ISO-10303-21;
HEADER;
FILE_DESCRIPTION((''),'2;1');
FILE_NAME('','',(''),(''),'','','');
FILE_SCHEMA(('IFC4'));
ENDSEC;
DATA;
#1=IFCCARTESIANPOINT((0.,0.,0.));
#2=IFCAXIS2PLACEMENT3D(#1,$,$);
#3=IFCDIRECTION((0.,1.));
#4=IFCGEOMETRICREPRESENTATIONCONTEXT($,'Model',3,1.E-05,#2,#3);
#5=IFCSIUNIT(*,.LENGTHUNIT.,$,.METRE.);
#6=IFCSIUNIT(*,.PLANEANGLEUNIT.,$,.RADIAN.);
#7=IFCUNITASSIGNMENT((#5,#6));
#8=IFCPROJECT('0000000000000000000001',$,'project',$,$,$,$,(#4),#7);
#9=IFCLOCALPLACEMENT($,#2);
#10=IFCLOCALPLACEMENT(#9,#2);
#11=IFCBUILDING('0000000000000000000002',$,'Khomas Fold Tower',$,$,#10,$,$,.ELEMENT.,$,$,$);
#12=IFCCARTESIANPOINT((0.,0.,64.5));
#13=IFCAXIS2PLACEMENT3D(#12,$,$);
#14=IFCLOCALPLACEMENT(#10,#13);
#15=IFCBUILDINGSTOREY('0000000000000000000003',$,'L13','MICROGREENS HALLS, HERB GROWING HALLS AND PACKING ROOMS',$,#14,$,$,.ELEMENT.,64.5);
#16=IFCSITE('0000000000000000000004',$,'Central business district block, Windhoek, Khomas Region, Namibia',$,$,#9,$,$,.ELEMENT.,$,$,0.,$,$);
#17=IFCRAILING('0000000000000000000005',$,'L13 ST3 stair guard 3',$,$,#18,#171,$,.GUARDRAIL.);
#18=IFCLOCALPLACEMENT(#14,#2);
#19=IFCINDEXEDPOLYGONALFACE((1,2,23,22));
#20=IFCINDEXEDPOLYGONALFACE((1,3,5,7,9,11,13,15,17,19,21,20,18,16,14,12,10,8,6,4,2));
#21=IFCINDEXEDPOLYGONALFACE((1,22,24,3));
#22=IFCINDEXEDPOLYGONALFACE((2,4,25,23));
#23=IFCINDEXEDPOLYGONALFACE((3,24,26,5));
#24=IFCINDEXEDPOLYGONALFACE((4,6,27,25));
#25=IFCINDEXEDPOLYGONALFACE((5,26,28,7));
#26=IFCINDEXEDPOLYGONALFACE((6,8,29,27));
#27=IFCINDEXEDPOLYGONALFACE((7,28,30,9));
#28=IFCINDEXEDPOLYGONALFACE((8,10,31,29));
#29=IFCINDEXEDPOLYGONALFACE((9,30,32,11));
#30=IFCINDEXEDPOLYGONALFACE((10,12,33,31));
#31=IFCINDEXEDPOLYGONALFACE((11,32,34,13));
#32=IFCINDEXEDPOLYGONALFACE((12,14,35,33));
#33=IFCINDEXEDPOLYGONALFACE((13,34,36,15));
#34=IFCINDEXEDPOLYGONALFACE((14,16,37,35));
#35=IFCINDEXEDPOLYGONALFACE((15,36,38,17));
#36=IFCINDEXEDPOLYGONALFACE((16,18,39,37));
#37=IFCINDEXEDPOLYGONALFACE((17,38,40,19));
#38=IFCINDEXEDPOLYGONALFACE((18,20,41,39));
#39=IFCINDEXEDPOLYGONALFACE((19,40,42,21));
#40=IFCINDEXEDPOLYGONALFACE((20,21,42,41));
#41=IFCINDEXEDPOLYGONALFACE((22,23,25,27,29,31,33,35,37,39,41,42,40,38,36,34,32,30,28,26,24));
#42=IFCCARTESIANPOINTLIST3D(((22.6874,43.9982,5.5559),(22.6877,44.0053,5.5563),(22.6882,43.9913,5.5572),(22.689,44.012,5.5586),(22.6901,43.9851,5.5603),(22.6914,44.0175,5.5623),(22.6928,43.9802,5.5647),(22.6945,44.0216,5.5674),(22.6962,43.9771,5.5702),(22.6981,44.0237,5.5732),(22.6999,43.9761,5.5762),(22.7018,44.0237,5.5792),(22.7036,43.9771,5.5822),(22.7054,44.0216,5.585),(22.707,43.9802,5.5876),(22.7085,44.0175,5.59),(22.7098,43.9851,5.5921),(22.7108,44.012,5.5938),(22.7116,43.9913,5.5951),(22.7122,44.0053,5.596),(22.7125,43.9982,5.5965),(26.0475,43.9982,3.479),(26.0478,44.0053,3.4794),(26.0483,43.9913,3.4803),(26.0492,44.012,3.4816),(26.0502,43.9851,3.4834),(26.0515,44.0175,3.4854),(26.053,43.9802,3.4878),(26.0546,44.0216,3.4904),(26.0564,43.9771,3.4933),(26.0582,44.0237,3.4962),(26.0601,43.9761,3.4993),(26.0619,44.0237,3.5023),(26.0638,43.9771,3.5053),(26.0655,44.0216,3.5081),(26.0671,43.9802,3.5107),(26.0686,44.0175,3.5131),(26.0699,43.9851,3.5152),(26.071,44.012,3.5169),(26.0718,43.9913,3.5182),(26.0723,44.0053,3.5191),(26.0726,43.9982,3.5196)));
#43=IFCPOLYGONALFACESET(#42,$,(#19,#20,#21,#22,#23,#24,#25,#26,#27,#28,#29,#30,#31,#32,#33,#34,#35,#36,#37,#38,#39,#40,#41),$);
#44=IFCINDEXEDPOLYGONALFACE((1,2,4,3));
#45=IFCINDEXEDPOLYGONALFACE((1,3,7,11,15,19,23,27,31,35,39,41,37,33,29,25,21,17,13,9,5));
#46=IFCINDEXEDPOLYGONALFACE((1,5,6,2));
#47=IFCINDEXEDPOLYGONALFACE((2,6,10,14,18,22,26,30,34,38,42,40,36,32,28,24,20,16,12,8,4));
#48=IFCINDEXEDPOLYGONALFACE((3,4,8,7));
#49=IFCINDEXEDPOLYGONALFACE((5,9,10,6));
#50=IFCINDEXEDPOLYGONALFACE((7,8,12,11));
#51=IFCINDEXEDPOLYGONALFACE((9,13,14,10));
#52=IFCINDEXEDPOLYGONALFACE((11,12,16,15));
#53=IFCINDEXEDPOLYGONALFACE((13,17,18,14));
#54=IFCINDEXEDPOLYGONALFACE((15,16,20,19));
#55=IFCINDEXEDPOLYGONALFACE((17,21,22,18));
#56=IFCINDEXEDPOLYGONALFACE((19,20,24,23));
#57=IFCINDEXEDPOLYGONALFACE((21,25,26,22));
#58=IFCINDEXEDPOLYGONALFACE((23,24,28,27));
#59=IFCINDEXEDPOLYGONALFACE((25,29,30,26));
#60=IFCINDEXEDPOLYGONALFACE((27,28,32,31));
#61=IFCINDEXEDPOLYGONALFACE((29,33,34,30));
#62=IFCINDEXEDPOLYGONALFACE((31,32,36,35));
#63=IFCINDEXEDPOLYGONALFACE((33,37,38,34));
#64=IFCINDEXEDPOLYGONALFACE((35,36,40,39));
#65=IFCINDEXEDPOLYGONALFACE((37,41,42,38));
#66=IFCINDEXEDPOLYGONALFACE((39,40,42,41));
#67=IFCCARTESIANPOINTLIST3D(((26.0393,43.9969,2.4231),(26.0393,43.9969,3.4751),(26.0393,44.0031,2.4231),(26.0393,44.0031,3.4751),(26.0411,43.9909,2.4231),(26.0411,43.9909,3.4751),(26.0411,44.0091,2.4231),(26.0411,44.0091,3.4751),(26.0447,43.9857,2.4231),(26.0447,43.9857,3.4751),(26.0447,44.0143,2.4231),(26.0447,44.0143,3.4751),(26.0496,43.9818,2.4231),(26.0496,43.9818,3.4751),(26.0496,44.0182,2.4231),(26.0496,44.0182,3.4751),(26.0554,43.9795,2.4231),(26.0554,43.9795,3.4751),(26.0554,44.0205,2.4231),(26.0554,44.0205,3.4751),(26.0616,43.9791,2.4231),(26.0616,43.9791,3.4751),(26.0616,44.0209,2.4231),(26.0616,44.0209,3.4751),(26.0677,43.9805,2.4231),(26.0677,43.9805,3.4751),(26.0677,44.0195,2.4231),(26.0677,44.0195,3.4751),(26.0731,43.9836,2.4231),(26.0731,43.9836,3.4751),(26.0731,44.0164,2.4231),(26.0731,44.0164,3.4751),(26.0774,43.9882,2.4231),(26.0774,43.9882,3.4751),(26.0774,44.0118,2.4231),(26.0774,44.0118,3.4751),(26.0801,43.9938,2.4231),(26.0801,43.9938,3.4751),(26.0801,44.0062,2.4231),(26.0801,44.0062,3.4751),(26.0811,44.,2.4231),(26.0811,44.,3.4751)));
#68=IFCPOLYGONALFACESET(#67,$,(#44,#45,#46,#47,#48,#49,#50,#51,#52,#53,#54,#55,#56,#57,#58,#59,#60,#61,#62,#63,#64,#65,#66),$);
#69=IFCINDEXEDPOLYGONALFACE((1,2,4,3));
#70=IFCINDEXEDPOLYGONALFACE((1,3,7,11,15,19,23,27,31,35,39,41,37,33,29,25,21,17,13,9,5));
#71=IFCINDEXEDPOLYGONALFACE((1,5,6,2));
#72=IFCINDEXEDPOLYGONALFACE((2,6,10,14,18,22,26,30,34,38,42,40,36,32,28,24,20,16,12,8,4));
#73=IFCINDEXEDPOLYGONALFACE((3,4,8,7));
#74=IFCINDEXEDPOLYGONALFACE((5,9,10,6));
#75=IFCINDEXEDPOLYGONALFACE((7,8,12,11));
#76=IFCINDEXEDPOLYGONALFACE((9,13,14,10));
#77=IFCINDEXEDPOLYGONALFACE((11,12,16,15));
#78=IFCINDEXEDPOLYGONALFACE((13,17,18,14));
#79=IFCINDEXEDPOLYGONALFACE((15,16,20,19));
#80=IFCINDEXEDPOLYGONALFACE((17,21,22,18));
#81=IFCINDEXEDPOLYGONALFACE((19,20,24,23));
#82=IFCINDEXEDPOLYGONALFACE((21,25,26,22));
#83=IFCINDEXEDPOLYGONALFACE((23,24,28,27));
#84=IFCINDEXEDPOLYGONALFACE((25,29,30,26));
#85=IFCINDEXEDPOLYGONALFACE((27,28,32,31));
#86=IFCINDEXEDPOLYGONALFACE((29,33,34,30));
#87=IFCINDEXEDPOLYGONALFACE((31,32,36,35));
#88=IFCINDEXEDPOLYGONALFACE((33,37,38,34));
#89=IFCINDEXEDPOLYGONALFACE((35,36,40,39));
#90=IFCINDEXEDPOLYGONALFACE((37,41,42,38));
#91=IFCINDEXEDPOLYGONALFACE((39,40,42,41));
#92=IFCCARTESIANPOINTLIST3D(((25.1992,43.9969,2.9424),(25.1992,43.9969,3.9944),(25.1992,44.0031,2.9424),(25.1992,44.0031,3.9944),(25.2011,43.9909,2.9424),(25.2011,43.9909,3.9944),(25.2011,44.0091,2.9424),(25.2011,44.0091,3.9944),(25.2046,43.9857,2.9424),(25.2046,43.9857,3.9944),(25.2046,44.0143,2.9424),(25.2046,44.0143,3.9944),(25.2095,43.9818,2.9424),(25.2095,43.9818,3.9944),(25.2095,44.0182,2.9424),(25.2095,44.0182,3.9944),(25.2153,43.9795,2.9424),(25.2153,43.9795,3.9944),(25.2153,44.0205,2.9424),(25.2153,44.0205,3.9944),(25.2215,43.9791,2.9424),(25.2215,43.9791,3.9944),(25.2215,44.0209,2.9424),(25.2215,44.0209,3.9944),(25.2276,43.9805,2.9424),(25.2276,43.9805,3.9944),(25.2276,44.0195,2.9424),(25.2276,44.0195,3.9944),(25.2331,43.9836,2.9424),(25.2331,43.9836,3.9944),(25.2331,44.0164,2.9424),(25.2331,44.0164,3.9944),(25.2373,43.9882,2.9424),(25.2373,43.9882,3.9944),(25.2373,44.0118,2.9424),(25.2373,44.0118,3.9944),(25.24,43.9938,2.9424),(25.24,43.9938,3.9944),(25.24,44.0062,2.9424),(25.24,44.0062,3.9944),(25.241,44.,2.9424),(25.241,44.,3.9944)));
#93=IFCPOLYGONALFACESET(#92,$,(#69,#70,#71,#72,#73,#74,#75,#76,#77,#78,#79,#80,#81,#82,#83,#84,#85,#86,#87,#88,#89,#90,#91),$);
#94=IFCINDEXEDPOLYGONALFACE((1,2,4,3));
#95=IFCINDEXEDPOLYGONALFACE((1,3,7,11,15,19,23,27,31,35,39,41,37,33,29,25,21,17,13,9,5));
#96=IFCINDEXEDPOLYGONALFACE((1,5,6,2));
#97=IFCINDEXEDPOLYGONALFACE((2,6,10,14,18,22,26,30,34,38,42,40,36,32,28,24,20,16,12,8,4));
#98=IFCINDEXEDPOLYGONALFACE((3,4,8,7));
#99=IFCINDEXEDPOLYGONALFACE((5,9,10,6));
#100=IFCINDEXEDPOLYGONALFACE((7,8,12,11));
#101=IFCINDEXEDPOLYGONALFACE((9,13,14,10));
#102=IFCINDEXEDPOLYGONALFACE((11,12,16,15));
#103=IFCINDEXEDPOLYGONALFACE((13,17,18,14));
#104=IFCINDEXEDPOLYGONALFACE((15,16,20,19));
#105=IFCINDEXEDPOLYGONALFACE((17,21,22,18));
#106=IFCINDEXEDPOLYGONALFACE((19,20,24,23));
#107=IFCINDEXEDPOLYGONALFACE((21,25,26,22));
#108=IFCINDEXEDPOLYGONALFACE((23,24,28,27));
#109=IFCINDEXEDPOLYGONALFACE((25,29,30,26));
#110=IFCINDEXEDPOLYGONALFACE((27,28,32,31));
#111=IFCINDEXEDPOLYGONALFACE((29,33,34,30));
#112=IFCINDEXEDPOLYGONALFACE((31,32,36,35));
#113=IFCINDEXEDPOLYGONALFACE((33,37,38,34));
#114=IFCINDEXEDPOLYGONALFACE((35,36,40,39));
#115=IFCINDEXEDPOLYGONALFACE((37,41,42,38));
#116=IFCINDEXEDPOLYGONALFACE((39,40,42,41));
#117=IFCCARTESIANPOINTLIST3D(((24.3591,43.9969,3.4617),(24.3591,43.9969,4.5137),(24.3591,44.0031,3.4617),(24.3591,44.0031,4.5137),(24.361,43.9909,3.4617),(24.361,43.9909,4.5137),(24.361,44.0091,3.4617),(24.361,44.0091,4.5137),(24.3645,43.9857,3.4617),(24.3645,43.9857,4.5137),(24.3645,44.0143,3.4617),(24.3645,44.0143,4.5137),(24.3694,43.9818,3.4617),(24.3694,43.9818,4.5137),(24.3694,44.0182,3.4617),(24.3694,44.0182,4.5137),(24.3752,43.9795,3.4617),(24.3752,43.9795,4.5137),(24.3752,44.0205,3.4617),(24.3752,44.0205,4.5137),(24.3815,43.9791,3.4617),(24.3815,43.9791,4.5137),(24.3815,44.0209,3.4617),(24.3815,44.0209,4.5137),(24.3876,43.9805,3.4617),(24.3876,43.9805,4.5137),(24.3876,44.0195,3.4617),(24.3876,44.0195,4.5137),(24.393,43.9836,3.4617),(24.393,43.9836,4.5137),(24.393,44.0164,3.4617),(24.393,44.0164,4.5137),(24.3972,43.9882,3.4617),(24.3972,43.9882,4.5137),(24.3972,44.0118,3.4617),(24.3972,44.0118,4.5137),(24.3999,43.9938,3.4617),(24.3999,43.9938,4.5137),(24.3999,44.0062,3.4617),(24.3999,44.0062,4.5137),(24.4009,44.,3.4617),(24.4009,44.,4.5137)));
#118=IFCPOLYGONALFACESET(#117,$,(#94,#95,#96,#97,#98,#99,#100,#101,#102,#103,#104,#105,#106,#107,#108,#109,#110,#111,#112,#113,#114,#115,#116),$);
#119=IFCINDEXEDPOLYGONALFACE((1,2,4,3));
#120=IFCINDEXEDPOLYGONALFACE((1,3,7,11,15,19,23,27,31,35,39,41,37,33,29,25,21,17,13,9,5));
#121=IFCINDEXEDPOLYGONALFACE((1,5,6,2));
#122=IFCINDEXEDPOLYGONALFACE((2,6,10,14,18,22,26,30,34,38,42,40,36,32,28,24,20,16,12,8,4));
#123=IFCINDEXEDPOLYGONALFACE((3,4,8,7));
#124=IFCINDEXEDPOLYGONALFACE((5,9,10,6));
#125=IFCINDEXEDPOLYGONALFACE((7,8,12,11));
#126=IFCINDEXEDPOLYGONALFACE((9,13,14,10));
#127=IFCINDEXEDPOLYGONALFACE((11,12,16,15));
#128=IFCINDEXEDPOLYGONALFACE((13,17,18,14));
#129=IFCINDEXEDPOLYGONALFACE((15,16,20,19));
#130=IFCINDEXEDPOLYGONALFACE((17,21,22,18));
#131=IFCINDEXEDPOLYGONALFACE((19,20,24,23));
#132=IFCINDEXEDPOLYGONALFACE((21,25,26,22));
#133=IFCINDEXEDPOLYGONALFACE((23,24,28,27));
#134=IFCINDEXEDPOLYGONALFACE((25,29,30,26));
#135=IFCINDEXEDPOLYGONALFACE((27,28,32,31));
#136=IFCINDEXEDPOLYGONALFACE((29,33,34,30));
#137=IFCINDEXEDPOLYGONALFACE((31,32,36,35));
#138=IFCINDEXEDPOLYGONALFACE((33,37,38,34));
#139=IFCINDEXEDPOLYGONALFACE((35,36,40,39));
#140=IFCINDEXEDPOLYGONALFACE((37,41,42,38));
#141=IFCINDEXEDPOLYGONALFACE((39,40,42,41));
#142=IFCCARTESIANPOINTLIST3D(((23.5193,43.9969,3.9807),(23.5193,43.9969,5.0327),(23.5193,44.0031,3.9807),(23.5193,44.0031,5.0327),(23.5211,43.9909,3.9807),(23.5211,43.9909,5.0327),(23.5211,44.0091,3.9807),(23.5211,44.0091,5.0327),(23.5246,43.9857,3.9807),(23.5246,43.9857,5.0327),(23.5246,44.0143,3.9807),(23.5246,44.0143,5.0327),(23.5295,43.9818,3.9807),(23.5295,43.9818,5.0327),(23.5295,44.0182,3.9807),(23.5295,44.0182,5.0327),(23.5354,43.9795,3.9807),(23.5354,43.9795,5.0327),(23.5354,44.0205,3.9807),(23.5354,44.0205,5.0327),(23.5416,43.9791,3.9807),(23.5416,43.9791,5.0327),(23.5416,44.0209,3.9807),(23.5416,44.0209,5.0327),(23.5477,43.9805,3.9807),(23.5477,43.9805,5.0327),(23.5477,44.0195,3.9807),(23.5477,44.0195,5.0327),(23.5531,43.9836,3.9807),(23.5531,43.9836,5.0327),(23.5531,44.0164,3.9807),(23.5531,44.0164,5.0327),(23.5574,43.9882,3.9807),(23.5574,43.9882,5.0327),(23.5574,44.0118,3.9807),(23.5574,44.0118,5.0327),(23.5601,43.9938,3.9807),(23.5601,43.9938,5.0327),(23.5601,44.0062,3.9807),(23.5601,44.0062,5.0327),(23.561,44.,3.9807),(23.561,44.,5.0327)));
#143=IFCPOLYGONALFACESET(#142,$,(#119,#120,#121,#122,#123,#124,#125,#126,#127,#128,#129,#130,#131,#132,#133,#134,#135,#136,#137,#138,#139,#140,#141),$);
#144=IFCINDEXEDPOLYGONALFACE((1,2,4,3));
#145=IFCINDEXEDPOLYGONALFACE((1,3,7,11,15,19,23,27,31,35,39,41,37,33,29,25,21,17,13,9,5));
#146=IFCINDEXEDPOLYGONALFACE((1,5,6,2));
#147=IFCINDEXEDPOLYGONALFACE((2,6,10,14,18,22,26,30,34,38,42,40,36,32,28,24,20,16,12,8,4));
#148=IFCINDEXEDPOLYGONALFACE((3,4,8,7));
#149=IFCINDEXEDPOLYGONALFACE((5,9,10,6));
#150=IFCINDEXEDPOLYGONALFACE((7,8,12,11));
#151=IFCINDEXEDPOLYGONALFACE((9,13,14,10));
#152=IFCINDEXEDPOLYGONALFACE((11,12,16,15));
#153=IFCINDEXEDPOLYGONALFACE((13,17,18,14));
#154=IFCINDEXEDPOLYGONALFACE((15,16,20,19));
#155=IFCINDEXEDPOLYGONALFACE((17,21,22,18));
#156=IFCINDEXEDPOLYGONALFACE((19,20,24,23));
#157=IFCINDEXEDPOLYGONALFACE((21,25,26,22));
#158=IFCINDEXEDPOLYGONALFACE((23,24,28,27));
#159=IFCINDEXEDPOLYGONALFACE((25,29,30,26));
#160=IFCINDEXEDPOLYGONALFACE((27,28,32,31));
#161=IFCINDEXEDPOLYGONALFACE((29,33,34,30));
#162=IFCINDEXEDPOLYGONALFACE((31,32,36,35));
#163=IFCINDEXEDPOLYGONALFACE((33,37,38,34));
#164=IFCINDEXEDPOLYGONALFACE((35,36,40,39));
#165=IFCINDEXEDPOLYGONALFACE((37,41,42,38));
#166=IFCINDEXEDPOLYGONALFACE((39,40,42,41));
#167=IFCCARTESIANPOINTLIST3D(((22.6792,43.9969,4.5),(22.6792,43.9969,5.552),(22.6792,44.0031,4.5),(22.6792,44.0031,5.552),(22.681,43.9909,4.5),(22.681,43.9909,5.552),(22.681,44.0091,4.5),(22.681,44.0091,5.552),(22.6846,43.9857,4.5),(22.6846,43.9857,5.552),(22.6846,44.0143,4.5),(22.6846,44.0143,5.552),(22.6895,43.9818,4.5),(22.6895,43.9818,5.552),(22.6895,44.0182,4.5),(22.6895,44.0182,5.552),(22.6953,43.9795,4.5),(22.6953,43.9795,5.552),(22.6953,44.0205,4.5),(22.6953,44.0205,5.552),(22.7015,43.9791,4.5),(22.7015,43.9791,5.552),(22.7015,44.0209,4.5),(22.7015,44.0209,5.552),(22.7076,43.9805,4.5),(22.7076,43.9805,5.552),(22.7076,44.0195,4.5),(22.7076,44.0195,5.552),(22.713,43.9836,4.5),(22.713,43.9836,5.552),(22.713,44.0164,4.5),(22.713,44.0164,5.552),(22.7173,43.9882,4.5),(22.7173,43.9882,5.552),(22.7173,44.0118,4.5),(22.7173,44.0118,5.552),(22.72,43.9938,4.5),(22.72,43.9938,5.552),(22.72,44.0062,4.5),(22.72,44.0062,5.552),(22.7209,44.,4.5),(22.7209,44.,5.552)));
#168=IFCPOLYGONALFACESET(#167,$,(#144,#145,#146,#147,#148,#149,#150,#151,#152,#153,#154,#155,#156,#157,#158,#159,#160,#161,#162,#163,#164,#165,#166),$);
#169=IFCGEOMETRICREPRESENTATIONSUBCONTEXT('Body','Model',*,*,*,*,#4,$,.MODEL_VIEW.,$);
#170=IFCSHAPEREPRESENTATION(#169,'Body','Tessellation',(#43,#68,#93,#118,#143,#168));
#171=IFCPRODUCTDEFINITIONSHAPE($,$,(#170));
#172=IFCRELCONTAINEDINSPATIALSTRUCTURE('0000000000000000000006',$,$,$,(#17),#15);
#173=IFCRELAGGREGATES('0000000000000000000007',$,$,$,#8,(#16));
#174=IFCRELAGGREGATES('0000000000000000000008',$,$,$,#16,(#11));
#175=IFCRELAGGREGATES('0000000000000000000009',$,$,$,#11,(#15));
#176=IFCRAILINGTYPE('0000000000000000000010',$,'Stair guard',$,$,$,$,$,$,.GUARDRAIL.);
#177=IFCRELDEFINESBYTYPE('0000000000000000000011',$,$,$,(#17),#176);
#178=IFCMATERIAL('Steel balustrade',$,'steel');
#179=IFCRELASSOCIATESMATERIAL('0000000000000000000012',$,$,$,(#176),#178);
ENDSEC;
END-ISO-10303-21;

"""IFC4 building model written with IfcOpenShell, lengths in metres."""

from ifc_helpers import new_model, si_unit, direction, frame, origin, origin_2d, place, context, subcontext, project, spatial, circle, extrude, source, transform, mapped, material, type_object, element, save


model = new_model("IFC4")

# Units and contexts
model_context = context("Model", 3, precision=1e-05, world=origin(), true_north=direction((0.0, 1.0)))
body_context = subcontext(model_context, "Body", "Model", "MODEL_VIEW")
ifc_project = project(units=[si_unit("LENGTHUNIT", "METRE"), si_unit("PLANEANGLEUNIT", "RADIAN")], contexts=[model_context])

# Site, building, storey
site_placement = place(None, origin())
site = spatial("IfcSite", under=ifc_project, at=site_placement, Name="Central business district block, Windhoek, Khomas Region, Namibia", CompositionType="ELEMENT", RefElevation=0.0)
building_placement = place(site_placement, origin())
building = spatial("IfcBuilding", under=site, at=building_placement, Name="Khomas Fold Tower", CompositionType="ELEMENT")
storey_placement = place(building_placement, frame((0.0, 0.0, 64.5)))
storey = spatial("IfcBuildingStorey", under=building, at=storey_placement, Name="L13", Description="MICROGREENS HALLS, HERB GROWING HALLS AND PACKING ROOMS", CompositionType="ELEMENT", Elevation=64.5)

# Railing
ifc_material_1 = material(Name="Steel balustrade", Category="steel")
railing_type_1 = type_object("IfcRailingType", Name="Stair guard", PredefinedType="GUARDRAIL", material=ifc_material_1)
shared_shape_1 = source(origin(), body_context, "Body", "SweptSolid", [
    extrude(circle(Radius=0.0239, at=origin_2d()), frame((0.0, 0.0, 1.0762), z_axis=(-0.850623, 0.0, 0.525776), x_axis=(0.0, -1.0, 0.0)), (0.0, 0.0, 1.0), 3.9502),
    extrude(circle(Radius=0.021, at=origin_2d()), origin(), (0.0, 0.0, 1.0), 1.052),
    extrude(circle(Radius=0.021, at=origin_2d()), frame((-0.8401, 0.0, 0.5193)), (0.0, 0.0, 1.0), 1.052),
    extrude(circle(Radius=0.021, at=origin_2d()), frame((-1.6802, 0.0, 1.0386)), (0.0, 0.0, 1.0), 1.052),
    extrude(circle(Radius=0.021, at=origin_2d()), frame((-2.52, 0.0, 1.5576)), (0.0, 0.0, 1.0), 1.052),
    extrude(circle(Radius=0.021, at=origin_2d()), frame((-3.3601, 0.0, 2.0769)), (0.0, 0.0, 1.0), 1.052),
])
railing_1_placement = place(storey_placement, frame((26.0601, 44.0, 2.4231)))
element("IfcRailing", 1, at=railing_1_placement, inside=storey, type_object=railing_type_1, Name="L13 ST3 stair guard 3", PredefinedType="GUARDRAIL", context=body_context, shape_type="MappedRepresentation", body=[
    mapped(shared_shape_1, transform((0.0, 0.0, 0.0))),
])

save(model, "model.ifc")
